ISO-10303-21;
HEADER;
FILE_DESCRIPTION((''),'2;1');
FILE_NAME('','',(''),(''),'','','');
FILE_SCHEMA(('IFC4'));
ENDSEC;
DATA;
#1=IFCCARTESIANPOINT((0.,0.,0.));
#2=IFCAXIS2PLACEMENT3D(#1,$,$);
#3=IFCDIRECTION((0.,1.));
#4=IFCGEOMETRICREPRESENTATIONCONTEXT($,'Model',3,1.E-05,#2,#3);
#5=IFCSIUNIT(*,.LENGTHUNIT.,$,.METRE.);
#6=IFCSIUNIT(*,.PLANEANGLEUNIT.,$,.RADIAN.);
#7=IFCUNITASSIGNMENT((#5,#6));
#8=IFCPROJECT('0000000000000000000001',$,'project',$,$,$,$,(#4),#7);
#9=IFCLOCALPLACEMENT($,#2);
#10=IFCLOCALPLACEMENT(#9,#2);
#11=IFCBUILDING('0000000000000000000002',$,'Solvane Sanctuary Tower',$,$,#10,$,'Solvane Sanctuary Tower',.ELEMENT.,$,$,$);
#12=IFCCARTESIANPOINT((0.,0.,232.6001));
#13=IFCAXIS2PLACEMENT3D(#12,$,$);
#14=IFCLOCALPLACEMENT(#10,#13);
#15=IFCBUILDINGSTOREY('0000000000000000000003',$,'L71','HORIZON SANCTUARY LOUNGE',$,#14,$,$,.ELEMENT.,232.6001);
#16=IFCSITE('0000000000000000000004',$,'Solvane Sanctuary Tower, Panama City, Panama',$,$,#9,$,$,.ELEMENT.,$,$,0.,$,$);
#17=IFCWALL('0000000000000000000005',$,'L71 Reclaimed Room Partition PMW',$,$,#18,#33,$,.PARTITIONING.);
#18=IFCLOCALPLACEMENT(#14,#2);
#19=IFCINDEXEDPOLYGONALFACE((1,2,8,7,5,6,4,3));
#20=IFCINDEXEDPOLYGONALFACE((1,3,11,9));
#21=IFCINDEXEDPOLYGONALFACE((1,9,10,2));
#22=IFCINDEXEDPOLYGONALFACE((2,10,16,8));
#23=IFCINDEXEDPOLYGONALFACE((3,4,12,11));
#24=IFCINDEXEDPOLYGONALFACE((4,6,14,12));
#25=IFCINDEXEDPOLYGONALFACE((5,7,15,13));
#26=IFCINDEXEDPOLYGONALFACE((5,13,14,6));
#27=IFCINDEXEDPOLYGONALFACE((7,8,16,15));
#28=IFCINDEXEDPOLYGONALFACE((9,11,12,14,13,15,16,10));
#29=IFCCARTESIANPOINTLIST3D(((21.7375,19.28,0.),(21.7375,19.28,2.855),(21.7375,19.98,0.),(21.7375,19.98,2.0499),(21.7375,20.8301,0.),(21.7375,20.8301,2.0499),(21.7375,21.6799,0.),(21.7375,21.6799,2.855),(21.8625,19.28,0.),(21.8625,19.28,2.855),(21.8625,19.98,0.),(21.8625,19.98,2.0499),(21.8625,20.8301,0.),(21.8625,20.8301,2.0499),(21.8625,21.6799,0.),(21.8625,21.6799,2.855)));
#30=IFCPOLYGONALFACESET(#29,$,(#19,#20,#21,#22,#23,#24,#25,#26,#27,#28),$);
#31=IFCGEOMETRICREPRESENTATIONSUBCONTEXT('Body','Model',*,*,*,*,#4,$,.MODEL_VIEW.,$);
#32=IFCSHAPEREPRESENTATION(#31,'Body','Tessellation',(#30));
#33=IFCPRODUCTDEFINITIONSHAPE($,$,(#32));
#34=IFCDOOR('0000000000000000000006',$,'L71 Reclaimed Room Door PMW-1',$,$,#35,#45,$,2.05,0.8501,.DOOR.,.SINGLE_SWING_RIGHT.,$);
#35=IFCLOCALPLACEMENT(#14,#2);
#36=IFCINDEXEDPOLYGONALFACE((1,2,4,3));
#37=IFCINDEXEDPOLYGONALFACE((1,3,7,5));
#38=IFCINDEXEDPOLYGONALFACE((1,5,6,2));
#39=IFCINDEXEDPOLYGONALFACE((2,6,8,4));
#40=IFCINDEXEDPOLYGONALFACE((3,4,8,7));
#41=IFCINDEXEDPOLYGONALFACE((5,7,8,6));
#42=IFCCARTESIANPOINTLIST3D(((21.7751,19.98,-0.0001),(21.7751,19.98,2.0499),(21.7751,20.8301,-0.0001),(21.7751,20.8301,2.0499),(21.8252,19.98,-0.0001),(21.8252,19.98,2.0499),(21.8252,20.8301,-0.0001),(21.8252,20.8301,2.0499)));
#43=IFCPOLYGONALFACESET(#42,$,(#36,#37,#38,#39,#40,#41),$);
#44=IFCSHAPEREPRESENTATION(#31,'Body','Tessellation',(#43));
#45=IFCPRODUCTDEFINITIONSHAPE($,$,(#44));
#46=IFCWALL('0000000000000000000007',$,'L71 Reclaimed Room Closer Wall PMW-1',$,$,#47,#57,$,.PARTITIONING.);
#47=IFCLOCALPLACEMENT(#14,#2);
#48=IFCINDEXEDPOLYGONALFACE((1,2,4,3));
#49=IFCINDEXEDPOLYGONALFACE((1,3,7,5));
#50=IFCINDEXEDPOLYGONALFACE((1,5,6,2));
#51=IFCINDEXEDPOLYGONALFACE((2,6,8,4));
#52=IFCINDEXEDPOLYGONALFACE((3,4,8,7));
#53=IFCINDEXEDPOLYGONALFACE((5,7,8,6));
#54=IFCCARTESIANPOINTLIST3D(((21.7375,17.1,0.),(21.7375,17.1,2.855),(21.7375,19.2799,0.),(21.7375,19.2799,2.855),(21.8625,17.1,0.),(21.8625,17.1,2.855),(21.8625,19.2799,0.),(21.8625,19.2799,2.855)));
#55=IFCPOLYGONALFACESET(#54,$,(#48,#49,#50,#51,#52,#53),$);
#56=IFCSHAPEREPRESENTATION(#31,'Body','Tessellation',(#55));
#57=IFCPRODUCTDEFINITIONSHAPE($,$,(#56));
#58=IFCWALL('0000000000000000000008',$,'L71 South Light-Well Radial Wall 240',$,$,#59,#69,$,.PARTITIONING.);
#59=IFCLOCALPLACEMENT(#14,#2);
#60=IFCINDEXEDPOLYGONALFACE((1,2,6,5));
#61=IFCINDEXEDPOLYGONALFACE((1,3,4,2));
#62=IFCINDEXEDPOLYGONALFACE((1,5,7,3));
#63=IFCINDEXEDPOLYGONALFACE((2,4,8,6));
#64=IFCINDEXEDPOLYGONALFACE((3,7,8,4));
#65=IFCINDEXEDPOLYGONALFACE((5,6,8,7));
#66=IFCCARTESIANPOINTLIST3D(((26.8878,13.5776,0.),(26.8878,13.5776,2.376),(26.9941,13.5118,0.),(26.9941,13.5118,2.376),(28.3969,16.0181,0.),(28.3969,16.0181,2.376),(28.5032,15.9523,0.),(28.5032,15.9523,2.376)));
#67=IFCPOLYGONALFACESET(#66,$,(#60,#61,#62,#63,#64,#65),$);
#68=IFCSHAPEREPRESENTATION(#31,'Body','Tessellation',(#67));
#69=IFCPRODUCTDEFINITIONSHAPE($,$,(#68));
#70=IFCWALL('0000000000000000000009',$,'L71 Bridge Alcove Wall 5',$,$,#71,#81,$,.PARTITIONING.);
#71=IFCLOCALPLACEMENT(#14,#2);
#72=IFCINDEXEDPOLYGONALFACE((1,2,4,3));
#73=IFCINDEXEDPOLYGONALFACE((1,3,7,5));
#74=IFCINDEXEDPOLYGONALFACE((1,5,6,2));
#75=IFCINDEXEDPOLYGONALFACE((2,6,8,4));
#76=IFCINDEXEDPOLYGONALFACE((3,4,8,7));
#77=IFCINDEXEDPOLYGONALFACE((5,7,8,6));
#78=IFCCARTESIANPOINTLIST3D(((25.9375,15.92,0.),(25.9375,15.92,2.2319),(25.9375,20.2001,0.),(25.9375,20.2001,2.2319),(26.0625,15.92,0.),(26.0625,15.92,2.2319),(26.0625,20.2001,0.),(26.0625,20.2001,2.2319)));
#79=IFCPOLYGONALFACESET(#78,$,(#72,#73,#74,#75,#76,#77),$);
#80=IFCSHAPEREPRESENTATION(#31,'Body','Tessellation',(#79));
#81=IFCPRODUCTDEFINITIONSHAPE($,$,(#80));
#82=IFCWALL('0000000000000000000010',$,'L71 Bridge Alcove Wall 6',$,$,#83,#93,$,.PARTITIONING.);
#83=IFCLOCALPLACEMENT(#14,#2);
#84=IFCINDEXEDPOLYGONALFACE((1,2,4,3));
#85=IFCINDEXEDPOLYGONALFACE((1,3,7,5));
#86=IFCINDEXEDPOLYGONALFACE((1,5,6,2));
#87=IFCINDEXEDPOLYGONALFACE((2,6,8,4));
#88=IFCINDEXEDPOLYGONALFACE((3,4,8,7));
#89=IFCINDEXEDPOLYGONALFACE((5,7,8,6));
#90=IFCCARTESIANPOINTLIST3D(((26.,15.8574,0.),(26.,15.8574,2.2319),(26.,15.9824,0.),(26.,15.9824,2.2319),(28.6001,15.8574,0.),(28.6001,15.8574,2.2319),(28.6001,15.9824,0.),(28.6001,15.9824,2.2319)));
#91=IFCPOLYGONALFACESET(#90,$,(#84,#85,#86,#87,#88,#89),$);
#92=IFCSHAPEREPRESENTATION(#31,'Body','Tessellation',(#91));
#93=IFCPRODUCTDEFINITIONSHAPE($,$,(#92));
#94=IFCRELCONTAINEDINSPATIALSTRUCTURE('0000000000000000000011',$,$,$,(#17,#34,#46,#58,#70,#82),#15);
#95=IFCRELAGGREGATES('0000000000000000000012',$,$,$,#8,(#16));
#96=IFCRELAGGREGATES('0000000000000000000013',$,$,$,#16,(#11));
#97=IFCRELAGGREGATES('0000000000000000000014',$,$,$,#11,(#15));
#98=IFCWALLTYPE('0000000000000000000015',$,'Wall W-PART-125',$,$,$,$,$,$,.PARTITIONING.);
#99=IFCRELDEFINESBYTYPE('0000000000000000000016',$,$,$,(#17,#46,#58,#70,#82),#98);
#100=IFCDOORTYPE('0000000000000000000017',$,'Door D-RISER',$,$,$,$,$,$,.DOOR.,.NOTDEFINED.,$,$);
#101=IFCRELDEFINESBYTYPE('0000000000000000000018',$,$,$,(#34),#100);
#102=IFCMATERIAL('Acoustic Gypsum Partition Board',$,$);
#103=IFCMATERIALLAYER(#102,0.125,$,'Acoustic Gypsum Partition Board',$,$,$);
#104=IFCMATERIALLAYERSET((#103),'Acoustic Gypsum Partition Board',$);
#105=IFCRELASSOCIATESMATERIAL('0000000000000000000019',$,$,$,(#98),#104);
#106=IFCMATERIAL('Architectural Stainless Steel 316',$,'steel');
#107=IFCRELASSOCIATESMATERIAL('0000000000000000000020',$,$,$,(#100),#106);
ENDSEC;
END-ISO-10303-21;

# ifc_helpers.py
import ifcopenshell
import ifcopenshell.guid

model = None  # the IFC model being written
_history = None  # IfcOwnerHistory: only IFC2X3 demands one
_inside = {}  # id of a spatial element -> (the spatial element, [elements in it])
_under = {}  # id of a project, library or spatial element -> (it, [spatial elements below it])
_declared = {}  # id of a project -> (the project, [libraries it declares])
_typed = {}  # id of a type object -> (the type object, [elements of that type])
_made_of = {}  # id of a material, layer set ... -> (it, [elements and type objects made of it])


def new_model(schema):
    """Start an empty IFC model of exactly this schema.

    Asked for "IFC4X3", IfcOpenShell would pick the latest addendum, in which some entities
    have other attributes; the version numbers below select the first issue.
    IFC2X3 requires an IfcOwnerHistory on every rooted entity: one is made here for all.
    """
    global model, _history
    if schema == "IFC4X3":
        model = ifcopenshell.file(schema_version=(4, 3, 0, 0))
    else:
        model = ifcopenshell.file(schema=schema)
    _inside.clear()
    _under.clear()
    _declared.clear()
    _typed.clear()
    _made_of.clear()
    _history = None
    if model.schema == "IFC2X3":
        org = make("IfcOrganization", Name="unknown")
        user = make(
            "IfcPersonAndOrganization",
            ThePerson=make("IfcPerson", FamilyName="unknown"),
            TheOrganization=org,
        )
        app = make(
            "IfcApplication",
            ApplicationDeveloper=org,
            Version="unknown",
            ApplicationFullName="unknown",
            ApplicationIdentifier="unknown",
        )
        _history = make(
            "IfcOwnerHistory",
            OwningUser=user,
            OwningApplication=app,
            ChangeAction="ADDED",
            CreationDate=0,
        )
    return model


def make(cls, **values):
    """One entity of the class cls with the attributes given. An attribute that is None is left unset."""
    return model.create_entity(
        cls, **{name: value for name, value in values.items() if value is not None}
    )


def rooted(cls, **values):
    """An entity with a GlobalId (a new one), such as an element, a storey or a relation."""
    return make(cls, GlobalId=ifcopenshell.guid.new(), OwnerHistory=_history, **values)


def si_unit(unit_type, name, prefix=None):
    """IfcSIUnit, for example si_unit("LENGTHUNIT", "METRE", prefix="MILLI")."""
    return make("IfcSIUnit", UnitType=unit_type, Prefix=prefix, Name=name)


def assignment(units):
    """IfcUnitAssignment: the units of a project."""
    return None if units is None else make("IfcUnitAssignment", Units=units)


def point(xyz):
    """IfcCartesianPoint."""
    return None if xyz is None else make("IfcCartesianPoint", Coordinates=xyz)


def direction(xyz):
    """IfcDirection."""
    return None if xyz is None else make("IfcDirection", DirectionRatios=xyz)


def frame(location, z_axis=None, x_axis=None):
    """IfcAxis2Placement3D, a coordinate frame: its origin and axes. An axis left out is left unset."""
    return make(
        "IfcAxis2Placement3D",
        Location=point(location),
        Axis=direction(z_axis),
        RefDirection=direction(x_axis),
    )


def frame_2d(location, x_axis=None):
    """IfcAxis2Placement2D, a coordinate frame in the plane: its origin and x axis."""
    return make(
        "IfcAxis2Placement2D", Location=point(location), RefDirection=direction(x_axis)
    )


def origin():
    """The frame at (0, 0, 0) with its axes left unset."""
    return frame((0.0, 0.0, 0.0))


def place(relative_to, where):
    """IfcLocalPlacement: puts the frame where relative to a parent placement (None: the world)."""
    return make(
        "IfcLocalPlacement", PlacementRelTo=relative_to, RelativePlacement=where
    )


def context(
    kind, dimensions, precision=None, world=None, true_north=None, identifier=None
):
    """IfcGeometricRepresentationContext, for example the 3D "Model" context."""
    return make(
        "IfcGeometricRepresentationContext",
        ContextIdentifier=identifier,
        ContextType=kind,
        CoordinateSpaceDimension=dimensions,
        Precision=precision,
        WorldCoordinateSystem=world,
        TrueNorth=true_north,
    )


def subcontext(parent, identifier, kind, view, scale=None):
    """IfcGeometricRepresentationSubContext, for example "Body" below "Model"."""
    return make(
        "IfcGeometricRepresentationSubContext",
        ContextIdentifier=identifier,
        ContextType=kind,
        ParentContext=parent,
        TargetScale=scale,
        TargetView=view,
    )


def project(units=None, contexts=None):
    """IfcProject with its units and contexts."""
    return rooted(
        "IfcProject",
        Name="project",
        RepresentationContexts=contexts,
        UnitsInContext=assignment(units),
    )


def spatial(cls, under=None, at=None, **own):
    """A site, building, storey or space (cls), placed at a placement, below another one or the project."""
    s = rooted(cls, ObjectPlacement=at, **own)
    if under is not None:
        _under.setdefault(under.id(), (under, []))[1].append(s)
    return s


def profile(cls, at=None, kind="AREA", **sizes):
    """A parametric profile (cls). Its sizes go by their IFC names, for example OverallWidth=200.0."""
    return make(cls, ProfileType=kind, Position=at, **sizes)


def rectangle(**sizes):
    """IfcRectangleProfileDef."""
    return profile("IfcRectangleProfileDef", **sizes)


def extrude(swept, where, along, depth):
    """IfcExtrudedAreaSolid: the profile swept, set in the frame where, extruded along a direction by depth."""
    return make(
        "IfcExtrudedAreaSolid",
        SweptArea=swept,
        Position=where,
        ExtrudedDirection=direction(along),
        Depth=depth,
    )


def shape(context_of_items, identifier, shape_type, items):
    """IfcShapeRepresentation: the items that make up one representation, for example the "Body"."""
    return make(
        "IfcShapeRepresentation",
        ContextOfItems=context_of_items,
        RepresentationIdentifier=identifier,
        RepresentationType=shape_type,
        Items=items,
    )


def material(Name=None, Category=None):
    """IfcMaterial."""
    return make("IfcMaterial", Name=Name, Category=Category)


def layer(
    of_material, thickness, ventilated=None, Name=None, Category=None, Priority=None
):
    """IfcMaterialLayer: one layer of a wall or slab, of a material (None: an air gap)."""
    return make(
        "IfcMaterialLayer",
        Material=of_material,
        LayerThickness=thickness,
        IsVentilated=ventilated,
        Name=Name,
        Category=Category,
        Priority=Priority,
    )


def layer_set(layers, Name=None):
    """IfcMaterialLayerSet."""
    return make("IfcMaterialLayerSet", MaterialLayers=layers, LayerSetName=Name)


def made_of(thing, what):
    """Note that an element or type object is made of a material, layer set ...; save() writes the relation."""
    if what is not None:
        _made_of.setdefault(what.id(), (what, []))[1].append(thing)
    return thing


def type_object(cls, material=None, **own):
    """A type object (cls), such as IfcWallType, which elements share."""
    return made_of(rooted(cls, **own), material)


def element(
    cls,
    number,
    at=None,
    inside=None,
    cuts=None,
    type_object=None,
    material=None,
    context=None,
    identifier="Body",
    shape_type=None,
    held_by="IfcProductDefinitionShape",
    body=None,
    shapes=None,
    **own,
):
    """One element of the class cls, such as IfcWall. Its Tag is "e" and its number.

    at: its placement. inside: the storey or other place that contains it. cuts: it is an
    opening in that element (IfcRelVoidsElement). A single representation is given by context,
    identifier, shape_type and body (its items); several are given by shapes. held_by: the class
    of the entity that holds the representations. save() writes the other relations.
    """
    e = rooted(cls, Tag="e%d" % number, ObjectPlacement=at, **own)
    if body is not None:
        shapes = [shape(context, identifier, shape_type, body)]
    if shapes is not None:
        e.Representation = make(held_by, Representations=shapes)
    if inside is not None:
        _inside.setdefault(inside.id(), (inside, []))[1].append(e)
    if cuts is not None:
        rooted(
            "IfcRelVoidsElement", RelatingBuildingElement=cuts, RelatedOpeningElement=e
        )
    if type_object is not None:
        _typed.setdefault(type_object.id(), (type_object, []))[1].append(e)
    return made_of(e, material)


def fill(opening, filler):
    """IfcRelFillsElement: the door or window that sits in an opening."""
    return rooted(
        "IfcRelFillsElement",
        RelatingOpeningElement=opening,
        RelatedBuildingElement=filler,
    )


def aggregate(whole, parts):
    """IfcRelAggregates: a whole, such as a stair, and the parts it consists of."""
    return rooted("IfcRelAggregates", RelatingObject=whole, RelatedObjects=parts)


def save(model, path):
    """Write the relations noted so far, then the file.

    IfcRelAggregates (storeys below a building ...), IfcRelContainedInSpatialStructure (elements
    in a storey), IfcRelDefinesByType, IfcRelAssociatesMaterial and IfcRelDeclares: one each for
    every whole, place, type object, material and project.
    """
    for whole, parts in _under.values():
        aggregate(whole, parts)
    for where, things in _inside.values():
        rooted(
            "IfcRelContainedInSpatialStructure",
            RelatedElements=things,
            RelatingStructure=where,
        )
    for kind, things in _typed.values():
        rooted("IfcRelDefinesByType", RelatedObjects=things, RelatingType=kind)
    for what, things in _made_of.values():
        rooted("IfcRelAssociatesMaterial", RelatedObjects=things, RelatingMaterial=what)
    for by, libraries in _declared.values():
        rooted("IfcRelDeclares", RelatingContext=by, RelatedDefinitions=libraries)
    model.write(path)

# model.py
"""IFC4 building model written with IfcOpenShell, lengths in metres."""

from ifc_helpers import new_model, si_unit, direction, frame, frame_2d, origin, place, context, subcontext, project, spatial, rectangle, extrude, material, layer, layer_set, type_object, element, fill, save


model = new_model("IFC4")

# Units and contexts
model_context = context("Model", 3, precision=1e-05, world=origin(), true_north=direction((0.0, 1.0)))
body_context = subcontext(model_context, "Body", "Model", "MODEL_VIEW")
ifc_project = project(units=[si_unit("LENGTHUNIT", "METRE"), si_unit("PLANEANGLEUNIT", "RADIAN")], contexts=[model_context])

# Site, building, storey
site_placement = place(None, origin())
site = spatial("IfcSite", under=ifc_project, at=site_placement, Name="Solvane Sanctuary Tower, Panama City, Panama", CompositionType="ELEMENT", RefElevation=0.0)
building_placement = place(site_placement, origin())
building = spatial("IfcBuilding", under=site, at=building_placement, Name="Solvane Sanctuary Tower", LongName="Solvane Sanctuary Tower", CompositionType="ELEMENT")
storey_placement = place(building_placement, frame((0.0, 0.0, 232.6001)))
storey = spatial("IfcBuildingStorey", under=building, at=storey_placement, Name="L71", Description="HORIZON SANCTUARY LOUNGE", CompositionType="ELEMENT", Elevation=232.6001)

# Wall, opening, door
ifc_material_1 = material(Name="Acoustic Gypsum Partition Board")
ifc_layer_1 = layer(ifc_material_1, 0.125, Name="Acoustic Gypsum Partition Board")
ifc_layer_set_1 = layer_set([ifc_layer_1], Name="Acoustic Gypsum Partition Board")
wall_type_1 = type_object("IfcWallType", Name="Wall W-PART-125", PredefinedType="PARTITIONING", material=ifc_layer_set_1)
wall_1_placement = place(storey_placement, frame((21.8, 19.28, 0.0), z_axis=(0.0, 0.0, 1.0), x_axis=(0.0, 1.0, 0.0)))
wall_1 = element("IfcWall", 1, at=wall_1_placement, inside=storey, type_object=wall_type_1, Name="L71 Reclaimed Room Partition PMW", PredefinedType="PARTITIONING", context=body_context, shape_type="SweptSolid", body=[
    extrude(rectangle(XDim=2.3999, YDim=0.125, at=frame_2d((1.2, 0.0))), origin(), (0.0, 0.0, 1.0), 2.855),
])
opening_placement = place(wall_1_placement, frame((0.7, 0.0, 0.0)))
opening = element("IfcOpeningElement", 2, at=opening_placement, cuts=wall_1, PredefinedType="OPENING", context=body_context, shape_type="SweptSolid", body=[
    extrude(rectangle(XDim=0.8501, YDim=2.05, at=frame_2d((0.425, 1.0249))), frame((0.0, 0.0725, 0.0), z_axis=(0.0, -1.0, 0.0), x_axis=(1.0, 0.0, 0.0)), (0.0, 0.0, 1.0), 0.145),
])
ifc_material_2 = material(Name="Architectural Stainless Steel 316", Category="steel")
door_type = type_object("IfcDoorType", Name="Door D-RISER", OperationType="NOTDEFINED", PredefinedType="DOOR", material=ifc_material_2)
door_placement = place(opening_placement, origin())
door = element("IfcDoor", 3, at=door_placement, inside=storey, type_object=door_type, Name="L71 Reclaimed Room Door PMW-1", OperationType="SINGLE_SWING_RIGHT", OverallHeight=2.05, OverallWidth=0.8501, PredefinedType="DOOR", context=body_context, shape_type="SweptSolid", body=[
    extrude(rectangle(XDim=0.8501, YDim=2.05, at=frame_2d((0.425, 1.0249))), frame((0.0, 0.0249, 0.0), z_axis=(0.0, -1.0, 0.0), x_axis=(1.0, 0.0, 0.0)), (0.0, 0.0, 1.0), 0.05),
])
fill(opening, door)

# Walls
wall_2_placement = place(storey_placement, frame((21.8, 17.1001, 0.0), z_axis=(0.0, 0.0, 1.0), x_axis=(0.0, 1.0, 0.0)))
element("IfcWall", 4, at=wall_2_placement, inside=storey, type_object=wall_type_1, Name="L71 Reclaimed Room Closer Wall PMW-1", PredefinedType="PARTITIONING", context=body_context, shape_type="SweptSolid", body=[
    extrude(rectangle(XDim=2.1799, YDim=0.125, at=frame_2d((1.0898, 0.0))), origin(), (0.0, 0.0, 1.0), 2.855),
])
wall_3_placement = place(storey_placement, frame((28.45, 15.9851, 0.0), z_axis=(0.0, 0.0, 1.0), x_axis=(-0.525924, -0.850532, 0.0)))
element("IfcWall", 5, at=wall_3_placement, inside=storey, type_object=wall_type_1, Name="L71 South Light-Well Radial Wall 240", PredefinedType="PARTITIONING", context=body_context, shape_type="SweptSolid", body=[
    extrude(rectangle(XDim=2.8694, YDim=0.125, at=frame_2d((1.4346, 0.0))), origin(), (0.0, 0.0, 1.0), 2.376),
])
wall_4_placement = place(storey_placement, frame((26.0, 15.9199, 0.0), z_axis=(0.0, 0.0, 1.0), x_axis=(0.0, 1.0, 0.0)))
element("IfcWall", 6, at=wall_4_placement, inside=storey, type_object=wall_type_1, Name="L71 Bridge Alcove Wall 5", PredefinedType="PARTITIONING", context=body_context, shape_type="SweptSolid", body=[
    extrude(rectangle(XDim=4.28, YDim=0.125, at=frame_2d((2.1401, 0.0))), origin(), (0.0, 0.0, 1.0), 2.2319),
])
wall_5_placement = place(storey_placement, frame((26.0, 15.9199, 0.0), z_axis=(0.0, 0.0, 1.0), x_axis=(1.0, 0.0, 0.0)))
element("IfcWall", 7, at=wall_5_placement, inside=storey, type_object=wall_type_1, Name="L71 Bridge Alcove Wall 6", PredefinedType="PARTITIONING", context=body_context, shape_type="SweptSolid", body=[
    extrude(rectangle(XDim=2.6001, YDim=0.125, at=frame_2d((1.3, 0.0))), origin(), (0.0, 0.0, 1.0), 2.2319),
])

save(model, "model.ifc")
